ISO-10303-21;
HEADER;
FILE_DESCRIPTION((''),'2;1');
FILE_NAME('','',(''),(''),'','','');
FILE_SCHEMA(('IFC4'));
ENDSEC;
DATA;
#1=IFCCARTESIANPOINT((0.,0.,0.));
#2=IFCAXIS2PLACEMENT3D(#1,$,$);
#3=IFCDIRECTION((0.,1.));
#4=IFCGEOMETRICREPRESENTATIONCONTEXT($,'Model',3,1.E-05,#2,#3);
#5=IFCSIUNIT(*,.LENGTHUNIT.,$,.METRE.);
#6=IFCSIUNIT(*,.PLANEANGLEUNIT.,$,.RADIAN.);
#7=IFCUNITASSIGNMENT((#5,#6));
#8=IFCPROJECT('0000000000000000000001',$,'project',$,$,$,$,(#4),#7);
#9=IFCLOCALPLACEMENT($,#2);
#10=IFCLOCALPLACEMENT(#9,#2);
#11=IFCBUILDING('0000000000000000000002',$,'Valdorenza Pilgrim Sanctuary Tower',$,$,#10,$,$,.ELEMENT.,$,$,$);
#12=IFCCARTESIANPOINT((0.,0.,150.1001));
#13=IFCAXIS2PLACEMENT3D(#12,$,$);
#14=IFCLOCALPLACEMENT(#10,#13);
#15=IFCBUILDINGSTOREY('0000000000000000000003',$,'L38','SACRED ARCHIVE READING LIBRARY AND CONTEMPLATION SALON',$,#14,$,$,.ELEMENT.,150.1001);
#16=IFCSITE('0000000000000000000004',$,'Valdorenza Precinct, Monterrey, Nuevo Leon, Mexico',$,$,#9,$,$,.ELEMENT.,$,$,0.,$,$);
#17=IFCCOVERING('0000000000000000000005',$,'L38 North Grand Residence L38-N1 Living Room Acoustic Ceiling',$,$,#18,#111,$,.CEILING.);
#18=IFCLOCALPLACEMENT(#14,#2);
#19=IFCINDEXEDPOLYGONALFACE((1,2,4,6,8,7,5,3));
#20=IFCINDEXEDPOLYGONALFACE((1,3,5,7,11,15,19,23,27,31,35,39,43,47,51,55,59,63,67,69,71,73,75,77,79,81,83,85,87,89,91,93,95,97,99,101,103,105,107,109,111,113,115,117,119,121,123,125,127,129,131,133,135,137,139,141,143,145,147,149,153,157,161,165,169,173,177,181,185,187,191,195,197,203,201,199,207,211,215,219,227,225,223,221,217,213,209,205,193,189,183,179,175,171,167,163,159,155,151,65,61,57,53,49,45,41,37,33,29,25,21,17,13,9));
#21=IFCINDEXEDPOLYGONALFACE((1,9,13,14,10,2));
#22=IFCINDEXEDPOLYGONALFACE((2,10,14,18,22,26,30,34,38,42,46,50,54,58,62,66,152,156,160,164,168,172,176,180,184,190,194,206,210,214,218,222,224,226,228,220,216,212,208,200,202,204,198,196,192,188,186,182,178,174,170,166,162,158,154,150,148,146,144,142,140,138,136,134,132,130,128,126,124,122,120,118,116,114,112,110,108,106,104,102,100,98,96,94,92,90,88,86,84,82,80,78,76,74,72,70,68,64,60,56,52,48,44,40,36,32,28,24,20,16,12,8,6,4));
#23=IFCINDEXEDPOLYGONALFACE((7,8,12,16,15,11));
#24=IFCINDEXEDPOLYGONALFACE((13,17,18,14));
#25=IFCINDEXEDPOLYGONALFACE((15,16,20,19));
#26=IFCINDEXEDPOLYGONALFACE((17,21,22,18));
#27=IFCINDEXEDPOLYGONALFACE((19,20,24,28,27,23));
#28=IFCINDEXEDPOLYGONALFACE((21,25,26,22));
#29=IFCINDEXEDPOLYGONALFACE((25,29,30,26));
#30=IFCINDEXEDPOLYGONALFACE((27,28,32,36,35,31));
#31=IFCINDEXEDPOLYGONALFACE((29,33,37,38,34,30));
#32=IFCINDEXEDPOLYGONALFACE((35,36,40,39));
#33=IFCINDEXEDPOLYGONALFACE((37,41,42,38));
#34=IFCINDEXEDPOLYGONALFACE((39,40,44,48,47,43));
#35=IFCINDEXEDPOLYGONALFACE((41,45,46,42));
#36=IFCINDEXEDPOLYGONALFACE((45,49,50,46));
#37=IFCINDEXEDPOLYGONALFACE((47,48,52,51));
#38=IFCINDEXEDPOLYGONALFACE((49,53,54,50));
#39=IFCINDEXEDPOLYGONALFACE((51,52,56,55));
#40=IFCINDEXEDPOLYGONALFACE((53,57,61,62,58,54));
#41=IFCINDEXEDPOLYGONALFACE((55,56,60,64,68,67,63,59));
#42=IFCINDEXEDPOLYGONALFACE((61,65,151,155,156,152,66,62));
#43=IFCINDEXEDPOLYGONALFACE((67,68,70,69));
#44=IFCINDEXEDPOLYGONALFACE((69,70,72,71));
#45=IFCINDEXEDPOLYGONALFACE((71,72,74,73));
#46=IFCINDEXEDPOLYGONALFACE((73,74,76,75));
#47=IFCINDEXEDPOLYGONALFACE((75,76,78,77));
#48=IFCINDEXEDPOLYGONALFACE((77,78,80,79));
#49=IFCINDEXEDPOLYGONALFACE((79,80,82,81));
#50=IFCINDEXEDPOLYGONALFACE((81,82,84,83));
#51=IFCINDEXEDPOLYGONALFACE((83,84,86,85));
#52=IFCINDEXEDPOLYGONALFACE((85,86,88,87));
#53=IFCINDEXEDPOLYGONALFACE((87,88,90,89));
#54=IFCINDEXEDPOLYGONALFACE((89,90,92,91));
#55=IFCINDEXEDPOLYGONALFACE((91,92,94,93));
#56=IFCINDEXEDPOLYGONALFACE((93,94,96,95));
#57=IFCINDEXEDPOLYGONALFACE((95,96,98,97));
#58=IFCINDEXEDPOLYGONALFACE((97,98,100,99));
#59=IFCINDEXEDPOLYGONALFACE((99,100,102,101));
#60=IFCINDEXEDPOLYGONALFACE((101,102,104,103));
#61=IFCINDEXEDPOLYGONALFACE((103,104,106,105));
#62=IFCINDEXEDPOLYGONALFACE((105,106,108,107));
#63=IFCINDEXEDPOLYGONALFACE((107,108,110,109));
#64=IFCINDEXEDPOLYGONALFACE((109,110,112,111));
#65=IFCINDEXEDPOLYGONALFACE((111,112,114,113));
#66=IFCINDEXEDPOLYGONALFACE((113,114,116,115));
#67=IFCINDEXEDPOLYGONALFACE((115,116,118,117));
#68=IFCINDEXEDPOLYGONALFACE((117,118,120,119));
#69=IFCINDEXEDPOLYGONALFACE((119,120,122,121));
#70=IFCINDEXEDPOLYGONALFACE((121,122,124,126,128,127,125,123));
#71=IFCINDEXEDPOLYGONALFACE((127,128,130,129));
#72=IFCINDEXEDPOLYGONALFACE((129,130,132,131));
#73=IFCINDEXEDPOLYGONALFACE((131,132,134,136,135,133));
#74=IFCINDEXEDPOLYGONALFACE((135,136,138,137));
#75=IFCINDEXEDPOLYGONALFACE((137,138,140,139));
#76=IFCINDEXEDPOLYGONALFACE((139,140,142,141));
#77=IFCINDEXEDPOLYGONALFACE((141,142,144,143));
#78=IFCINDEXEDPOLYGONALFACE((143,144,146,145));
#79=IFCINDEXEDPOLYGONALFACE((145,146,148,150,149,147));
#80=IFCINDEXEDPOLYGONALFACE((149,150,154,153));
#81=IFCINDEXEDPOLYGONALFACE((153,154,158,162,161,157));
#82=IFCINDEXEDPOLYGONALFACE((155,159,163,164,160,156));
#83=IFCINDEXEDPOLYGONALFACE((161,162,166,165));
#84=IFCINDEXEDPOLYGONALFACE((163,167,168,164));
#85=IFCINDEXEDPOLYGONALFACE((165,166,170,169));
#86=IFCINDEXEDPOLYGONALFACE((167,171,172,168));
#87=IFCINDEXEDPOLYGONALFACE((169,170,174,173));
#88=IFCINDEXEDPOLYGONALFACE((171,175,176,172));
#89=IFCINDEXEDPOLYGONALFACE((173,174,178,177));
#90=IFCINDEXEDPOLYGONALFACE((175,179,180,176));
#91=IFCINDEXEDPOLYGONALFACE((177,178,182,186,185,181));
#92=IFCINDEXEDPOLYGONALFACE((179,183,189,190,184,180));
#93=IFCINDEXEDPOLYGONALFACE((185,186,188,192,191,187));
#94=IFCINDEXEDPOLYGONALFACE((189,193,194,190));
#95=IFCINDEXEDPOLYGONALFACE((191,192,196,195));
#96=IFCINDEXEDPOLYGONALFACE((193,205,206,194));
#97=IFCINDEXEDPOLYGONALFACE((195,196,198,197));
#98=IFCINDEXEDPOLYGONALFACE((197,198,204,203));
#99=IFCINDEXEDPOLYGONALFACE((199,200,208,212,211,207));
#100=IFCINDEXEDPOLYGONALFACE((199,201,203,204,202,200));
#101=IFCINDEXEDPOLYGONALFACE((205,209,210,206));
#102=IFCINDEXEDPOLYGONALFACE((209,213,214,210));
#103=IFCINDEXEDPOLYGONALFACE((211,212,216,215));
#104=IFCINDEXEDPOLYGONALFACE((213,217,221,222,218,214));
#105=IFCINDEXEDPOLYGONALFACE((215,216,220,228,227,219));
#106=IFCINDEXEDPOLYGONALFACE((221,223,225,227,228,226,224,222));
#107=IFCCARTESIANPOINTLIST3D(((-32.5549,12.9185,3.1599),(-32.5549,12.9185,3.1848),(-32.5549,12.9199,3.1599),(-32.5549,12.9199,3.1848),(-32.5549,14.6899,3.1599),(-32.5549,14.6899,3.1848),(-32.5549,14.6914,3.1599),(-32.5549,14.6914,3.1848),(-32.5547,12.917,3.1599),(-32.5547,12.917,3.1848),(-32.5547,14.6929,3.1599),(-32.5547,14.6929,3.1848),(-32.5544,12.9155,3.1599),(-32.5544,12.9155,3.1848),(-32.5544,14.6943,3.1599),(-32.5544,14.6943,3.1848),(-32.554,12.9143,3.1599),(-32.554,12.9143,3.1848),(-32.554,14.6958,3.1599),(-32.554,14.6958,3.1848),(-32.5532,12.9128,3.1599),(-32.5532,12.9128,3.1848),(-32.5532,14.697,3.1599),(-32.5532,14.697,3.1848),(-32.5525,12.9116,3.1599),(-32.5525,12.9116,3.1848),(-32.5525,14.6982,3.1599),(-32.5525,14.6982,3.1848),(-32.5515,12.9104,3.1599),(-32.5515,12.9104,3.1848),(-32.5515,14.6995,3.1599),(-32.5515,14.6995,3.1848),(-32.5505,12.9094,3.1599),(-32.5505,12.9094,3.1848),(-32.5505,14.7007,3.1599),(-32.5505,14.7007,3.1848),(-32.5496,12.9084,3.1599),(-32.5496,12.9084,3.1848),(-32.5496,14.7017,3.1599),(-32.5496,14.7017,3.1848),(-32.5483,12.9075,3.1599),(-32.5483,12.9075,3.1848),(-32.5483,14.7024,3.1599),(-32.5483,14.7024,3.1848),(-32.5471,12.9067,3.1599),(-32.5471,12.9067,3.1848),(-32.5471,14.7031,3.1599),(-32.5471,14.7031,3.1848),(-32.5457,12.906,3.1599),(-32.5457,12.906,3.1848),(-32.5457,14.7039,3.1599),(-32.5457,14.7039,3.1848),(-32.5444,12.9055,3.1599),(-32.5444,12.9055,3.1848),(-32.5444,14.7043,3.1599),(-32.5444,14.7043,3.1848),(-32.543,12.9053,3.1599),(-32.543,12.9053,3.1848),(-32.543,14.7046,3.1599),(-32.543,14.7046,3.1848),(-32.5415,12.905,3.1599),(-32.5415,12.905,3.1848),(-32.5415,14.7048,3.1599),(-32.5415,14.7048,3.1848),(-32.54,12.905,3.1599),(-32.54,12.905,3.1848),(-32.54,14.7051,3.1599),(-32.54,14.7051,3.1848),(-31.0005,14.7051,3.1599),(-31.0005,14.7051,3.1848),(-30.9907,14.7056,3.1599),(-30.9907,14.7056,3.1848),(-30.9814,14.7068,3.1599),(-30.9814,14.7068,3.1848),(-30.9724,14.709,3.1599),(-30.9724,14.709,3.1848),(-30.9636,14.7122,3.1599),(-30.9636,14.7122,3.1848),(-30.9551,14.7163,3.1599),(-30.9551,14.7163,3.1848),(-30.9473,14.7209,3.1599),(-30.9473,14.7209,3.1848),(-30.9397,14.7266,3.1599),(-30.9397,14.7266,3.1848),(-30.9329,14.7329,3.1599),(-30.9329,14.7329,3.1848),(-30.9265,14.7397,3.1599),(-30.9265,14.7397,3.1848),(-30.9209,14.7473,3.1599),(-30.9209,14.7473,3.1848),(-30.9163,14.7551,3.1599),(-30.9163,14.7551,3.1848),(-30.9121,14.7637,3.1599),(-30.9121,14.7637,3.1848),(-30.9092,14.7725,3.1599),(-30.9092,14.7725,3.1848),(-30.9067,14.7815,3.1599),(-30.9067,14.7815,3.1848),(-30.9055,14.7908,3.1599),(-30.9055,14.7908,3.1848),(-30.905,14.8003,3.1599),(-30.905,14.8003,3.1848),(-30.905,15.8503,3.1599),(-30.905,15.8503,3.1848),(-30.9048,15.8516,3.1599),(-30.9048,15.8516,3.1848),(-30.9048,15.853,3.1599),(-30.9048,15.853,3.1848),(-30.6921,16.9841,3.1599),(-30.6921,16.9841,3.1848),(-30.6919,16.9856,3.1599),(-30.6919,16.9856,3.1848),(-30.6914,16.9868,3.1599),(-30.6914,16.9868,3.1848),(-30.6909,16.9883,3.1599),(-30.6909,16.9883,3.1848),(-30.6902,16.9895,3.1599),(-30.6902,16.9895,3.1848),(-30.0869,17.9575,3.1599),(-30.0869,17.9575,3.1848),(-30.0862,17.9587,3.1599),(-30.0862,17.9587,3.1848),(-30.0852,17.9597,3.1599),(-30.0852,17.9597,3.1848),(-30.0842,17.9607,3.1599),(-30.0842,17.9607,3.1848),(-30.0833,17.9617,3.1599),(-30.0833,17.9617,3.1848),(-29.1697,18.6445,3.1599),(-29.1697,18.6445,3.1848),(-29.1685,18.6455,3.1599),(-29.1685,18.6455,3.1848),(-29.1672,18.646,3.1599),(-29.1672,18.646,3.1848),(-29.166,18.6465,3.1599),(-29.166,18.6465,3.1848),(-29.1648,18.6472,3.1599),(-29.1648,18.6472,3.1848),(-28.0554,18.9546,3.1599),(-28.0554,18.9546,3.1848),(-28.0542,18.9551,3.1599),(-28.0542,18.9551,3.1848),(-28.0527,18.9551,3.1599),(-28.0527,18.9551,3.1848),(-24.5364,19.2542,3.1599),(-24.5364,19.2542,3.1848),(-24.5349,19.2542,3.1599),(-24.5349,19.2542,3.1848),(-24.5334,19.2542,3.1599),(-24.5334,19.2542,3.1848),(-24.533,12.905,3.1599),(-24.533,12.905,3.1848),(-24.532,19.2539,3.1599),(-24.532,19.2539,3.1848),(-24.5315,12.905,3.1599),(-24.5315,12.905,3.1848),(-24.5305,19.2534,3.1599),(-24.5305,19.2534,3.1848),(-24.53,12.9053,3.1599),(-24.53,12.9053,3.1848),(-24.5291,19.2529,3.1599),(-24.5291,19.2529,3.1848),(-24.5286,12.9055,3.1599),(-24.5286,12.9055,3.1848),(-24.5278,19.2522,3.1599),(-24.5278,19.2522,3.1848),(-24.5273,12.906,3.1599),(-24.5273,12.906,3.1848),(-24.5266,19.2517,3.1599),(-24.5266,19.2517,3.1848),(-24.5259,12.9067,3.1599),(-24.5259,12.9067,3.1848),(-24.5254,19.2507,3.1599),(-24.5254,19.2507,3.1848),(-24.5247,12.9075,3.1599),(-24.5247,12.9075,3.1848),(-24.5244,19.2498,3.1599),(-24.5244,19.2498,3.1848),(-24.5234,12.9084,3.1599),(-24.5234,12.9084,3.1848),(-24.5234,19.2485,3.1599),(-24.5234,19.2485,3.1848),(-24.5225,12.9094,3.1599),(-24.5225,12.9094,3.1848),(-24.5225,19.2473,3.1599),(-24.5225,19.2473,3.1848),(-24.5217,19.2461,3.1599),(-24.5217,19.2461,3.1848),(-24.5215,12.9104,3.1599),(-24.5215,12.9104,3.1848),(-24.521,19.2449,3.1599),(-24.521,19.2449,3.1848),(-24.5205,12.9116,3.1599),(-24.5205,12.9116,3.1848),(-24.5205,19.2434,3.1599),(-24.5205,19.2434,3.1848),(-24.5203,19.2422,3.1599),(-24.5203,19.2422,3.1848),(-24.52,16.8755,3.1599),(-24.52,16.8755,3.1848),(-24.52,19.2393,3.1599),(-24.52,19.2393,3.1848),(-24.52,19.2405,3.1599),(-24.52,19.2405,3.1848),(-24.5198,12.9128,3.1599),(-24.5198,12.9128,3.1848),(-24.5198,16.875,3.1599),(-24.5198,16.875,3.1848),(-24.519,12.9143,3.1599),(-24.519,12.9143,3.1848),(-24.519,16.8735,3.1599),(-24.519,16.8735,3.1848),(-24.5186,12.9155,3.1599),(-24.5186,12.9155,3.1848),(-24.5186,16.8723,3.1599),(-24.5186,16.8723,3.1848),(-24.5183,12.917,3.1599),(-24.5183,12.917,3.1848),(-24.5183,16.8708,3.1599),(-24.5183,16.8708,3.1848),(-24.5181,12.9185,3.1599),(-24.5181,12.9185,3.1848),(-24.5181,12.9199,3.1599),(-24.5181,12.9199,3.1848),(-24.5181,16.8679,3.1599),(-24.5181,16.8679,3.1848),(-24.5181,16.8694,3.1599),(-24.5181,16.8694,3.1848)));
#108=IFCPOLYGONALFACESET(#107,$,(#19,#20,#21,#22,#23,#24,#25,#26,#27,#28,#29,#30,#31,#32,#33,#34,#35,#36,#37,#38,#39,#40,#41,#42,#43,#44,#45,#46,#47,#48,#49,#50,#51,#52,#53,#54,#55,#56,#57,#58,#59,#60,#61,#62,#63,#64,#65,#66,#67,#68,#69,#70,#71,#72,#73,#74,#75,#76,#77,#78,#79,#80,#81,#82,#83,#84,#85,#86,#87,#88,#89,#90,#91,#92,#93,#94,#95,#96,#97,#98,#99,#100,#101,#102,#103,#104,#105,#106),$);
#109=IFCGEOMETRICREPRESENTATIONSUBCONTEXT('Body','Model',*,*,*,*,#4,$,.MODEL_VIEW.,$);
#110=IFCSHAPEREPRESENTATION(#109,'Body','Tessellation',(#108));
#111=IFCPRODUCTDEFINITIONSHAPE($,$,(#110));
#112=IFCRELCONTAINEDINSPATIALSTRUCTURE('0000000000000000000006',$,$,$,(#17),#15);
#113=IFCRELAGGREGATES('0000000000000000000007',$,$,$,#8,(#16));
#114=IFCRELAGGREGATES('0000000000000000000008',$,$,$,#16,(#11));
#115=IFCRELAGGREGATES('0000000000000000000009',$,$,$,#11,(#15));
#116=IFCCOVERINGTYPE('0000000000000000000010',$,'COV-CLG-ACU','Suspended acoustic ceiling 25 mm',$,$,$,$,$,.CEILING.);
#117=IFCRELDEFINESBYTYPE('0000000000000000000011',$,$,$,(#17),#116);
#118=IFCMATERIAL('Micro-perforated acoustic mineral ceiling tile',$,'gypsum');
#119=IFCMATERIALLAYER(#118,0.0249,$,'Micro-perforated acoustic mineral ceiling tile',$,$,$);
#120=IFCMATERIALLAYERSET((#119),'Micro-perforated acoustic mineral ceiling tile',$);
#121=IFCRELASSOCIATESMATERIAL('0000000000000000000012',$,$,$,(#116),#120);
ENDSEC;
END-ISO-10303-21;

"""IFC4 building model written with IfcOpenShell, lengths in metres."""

from ifc_helpers import new_model, si_unit, direction, frame, origin, place, context, subcontext, project, spatial, polyline, outline, extrude, material, layer, layer_set, type_object, element, save


model = new_model("IFC4")

# Units and contexts
model_context = context("Model", 3, precision=1e-05, world=origin(), true_north=direction((0.0, 1.0)))
body_context = subcontext(model_context, "Body", "Model", "MODEL_VIEW")
ifc_project = project(units=[si_unit("LENGTHUNIT", "METRE"), si_unit("PLANEANGLEUNIT", "RADIAN")], contexts=[model_context])

# Site, building, storey
site_placement = place(None, origin())
site = spatial("IfcSite", under=ifc_project, at=site_placement, Name="Valdorenza Precinct, Monterrey, Nuevo Leon, Mexico", CompositionType="ELEMENT", RefElevation=0.0)
building_placement = place(site_placement, origin())
building = spatial("IfcBuilding", under=site, at=building_placement, Name="Valdorenza Pilgrim Sanctuary Tower", CompositionType="ELEMENT")
storey_placement = place(building_placement, frame((0.0, 0.0, 150.1001)))
storey = spatial("IfcBuildingStorey", under=building, at=storey_placement, Name="L38", Description="SACRED ARCHIVE READING LIBRARY AND CONTEMPLATION SALON", CompositionType="ELEMENT", Elevation=150.1001)

# Covering
ifc_material_1 = material(Name="Micro-perforated acoustic mineral ceiling tile", Category="gypsum")
ifc_layer_1 = layer(ifc_material_1, 0.0249, Name="Micro-perforated acoustic mineral ceiling tile")
ifc_layer_set_1 = layer_set([ifc_layer_1], Name="Micro-perforated acoustic mineral ceiling tile")
covering_type_1 = type_object("IfcCoveringType", Name="COV-CLG-ACU", Description="Suspended acoustic ceiling 25 mm", PredefinedType="CEILING", material=ifc_layer_set_1)
covering_1_placement = place(storey_placement, frame((0.0, 0.0, 3.1599)))
element("IfcCovering", 1, at=covering_1_placement, inside=storey, type_object=covering_type_1, Name="L38 North Grand Residence L38-N1 Living Room Acoustic Ceiling", PredefinedType="CEILING", context=body_context, shape_type="SweptSolid", body=[
    extrude(outline(polyline([(-32.54, 12.905), (-32.5415, 12.905), (-32.543, 12.9053), (-32.5444, 12.9055), (-32.5457, 12.906), (-32.5471, 12.9067), (-32.5483, 12.9075), (-32.5496, 12.9084), (-32.5505, 12.9094), (-32.5515, 12.9104), (-32.5525, 12.9116), (-32.5532, 12.9128), (-32.554, 12.9143), (-32.5544, 12.9155), (-32.5547, 12.917), (-32.5549, 12.9185), (-32.5549, 12.9199), (-32.5549, 14.6899), (-32.5549, 14.6914), (-32.5547, 14.6929), (-32.5544, 14.6943), (-32.554, 14.6958), (-32.5532, 14.697), (-32.5525, 14.6982), (-32.5515, 14.6995), (-32.5505, 14.7007), (-32.5496, 14.7017), (-32.5483, 14.7024), (-32.5471, 14.7031), (-32.5457, 14.7039), (-32.5444, 14.7043), (-32.543, 14.7046), (-32.5415, 14.7048), (-32.54, 14.7051), (-31.0005, 14.7051), (-30.9907, 14.7056), (-30.9814, 14.7068), (-30.9724, 14.709), (-30.9636, 14.7122), (-30.9551, 14.7163), (-30.9473, 14.7209), (-30.9397, 14.7266), (-30.9329, 14.7329), (-30.9265, 14.7397), (-30.9209, 14.7473), (-30.9163, 14.7551), (-30.9121, 14.7637), (-30.9092, 14.7725), (-30.9067, 14.7815), (-30.9055, 14.7908), (-30.905, 14.8003), (-30.905, 15.8503), (-30.9048, 15.8516), (-30.9048, 15.853), (-30.6921, 16.9841), (-30.6919, 16.9856), (-30.6914, 16.9868), (-30.6909, 16.9883), (-30.6902, 16.9895), (-30.0869, 17.9575), (-30.0862, 17.9587), (-30.0852, 17.9597), (-30.0842, 17.9607), (-30.0833, 17.9617), (-29.1697, 18.6445), (-29.1685, 18.6455), (-29.1672, 18.646), (-29.166, 18.6465), (-29.1648, 18.6472), (-28.0554, 18.9546), (-28.0542, 18.9551), (-28.0527, 18.9551), (-24.5364, 19.2542), (-24.5349, 19.2542), (-24.5334, 19.2542), (-24.532, 19.2539), (-24.5305, 19.2534), (-24.5291, 19.2529), (-24.5278, 19.2522), (-24.5266, 19.2517), (-24.5254, 19.2507), (-24.5244, 19.2498), (-24.5234, 19.2485), (-24.5225, 19.2473), (-24.5217, 19.2461), (-24.521, 19.2449), (-24.5205, 19.2434), (-24.5203, 19.2422), (-24.52, 19.2405), (-24.52, 19.2393), (-24.52, 16.8755), (-24.5198, 16.875), (-24.519, 16.8735), (-24.5186, 16.8723), (-24.5183, 16.8708), (-24.5181, 16.8694), (-24.5181, 16.8679), (-24.5181, 12.9199), (-24.5181, 12.9185), (-24.5183, 12.917), (-24.5186, 12.9155), (-24.519, 12.9143), (-24.5198, 12.9128), (-24.5205, 12.9116), (-24.5215, 12.9104), (-24.5225, 12.9094), (-24.5234, 12.9084), (-24.5247, 12.9075), (-24.5259, 12.9067), (-24.5273, 12.906), (-24.5286, 12.9055), (-24.53, 12.9053), (-24.5315, 12.905), (-24.533, 12.905), (-32.54, 12.905)])), origin(), (0.0, 0.0, 1.0), 0.0249),
])

save(model, "model.ifc")
